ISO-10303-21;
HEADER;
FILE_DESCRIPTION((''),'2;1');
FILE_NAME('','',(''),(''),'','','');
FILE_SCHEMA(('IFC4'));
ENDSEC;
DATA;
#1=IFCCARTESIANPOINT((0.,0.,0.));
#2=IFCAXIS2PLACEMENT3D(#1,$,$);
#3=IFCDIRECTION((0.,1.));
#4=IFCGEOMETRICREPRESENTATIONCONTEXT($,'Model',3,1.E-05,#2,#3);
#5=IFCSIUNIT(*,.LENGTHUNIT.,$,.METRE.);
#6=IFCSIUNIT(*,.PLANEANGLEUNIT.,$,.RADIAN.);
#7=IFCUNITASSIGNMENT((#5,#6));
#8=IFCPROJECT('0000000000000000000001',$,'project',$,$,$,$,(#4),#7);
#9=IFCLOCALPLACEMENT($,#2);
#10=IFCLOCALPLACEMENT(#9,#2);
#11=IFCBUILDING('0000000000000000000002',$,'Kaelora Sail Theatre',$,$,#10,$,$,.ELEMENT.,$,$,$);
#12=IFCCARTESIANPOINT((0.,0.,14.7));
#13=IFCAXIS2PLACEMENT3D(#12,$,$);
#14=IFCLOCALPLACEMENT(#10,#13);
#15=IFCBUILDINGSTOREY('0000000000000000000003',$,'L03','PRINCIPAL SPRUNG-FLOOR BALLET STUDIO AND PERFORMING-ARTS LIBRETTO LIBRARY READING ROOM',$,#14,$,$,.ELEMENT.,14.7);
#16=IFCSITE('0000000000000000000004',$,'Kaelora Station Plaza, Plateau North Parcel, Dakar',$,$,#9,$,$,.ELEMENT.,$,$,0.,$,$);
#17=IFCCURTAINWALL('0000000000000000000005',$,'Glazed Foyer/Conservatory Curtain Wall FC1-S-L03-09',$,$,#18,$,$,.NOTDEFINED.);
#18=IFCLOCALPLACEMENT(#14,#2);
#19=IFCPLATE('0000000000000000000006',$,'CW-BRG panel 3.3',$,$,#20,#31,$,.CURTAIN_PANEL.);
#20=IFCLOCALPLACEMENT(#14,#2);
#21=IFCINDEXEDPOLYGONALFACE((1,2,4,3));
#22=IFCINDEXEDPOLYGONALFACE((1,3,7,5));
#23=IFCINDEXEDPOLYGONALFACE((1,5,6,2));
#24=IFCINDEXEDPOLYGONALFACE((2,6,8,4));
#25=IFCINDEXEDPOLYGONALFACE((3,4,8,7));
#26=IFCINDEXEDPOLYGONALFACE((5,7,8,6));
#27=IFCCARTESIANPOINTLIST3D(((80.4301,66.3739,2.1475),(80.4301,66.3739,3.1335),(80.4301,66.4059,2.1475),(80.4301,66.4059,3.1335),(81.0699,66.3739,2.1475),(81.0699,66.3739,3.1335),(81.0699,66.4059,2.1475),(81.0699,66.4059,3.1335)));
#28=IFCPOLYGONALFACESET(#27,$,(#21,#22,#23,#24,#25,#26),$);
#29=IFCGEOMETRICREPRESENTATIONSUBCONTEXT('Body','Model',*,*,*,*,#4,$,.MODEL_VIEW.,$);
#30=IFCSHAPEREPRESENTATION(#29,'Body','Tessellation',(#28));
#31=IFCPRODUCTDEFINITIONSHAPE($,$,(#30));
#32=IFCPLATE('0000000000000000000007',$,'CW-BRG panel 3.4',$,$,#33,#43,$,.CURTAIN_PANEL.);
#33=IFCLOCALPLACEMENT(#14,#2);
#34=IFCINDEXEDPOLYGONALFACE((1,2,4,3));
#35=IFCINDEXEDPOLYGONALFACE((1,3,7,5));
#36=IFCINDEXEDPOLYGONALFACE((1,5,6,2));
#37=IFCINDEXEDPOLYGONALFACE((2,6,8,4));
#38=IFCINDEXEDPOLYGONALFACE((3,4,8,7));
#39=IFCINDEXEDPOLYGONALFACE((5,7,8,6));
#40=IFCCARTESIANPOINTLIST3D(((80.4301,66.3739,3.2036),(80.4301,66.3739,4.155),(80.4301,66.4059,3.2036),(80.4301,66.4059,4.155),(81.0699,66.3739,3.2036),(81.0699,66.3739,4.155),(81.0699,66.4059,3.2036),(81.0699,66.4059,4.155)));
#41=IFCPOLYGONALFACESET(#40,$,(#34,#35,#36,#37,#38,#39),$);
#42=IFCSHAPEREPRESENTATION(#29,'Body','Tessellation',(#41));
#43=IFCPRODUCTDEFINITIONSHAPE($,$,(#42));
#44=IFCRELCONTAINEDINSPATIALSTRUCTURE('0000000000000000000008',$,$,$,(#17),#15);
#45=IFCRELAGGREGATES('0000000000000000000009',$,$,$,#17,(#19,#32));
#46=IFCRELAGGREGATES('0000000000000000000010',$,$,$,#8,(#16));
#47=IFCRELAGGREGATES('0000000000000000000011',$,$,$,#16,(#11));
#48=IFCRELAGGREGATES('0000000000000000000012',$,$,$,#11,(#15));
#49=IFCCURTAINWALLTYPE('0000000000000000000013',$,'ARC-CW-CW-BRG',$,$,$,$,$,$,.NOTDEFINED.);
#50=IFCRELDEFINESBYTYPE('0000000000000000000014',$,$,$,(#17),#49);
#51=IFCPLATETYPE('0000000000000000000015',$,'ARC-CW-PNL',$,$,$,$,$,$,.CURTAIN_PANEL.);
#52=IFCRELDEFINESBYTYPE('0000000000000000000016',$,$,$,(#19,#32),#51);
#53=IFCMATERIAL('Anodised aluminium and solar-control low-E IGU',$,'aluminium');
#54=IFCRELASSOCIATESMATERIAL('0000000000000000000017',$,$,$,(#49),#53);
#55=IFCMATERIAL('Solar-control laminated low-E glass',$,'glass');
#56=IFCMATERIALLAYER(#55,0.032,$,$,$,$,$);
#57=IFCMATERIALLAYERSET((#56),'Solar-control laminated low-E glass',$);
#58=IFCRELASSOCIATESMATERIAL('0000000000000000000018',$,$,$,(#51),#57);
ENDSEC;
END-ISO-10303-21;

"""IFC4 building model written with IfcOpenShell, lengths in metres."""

from ifc_helpers import new_model, si_unit, direction, frame, origin, origin_2d, place, context, subcontext, project, spatial, rectangle, extrude, material, layer, layer_set, type_object, element, aggregate, save


model = new_model("IFC4")

# Units and contexts
model_context = context("Model", 3, precision=1e-05, world=origin(), true_north=direction((0.0, 1.0)))
body_context = subcontext(model_context, "Body", "Model", "MODEL_VIEW")
ifc_project = project(units=[si_unit("LENGTHUNIT", "METRE"), si_unit("PLANEANGLEUNIT", "RADIAN")], contexts=[model_context])

# Site, building, storey
site_placement = place(None, origin())
site = spatial("IfcSite", under=ifc_project, at=site_placement, Name="Kaelora Station Plaza, Plateau North Parcel, Dakar", CompositionType="ELEMENT", RefElevation=0.0)
building_placement = place(site_placement, origin())
building = spatial("IfcBuilding", under=site, at=building_placement, Name="Kaelora Sail Theatre", CompositionType="ELEMENT")
storey_placement = place(building_placement, frame((0.0, 0.0, 14.7)))
storey = spatial("IfcBuildingStorey", under=building, at=storey_placement, Name="L03", Description="PRINCIPAL SPRUNG-FLOOR BALLET STUDIO AND PERFORMING-ARTS LIBRETTO LIBRARY READING ROOM", CompositionType="ELEMENT", Elevation=14.7)

# Curtain wall, plates
ifc_material_1 = material(Name="Anodised aluminium and solar-control low-E IGU", Category="aluminium")
curtain_wall_type = type_object("IfcCurtainWallType", Name="ARC-CW-CW-BRG", PredefinedType="NOTDEFINED", material=ifc_material_1)
curtain_wall_placement = place(storey_placement, origin())
curtain_wall = element("IfcCurtainWall", 1, at=curtain_wall_placement, inside=storey, type_object=curtain_wall_type, Name="Glazed Foyer/Conservatory Curtain Wall FC1-S-L03-09", PredefinedType="NOTDEFINED")
ifc_material_2 = material(Name="Solar-control laminated low-E glass", Category="glass")
ifc_layer = layer(ifc_material_2, 0.032)
ifc_layer_set = layer_set([ifc_layer], Name="Solar-control laminated low-E glass")
plate_type = type_object("IfcPlateType", Name="ARC-CW-PNL", PredefinedType="CURTAIN_PANEL", material=ifc_layer_set)
plate_1_placement = place(storey_placement, frame((80.75, 66.3899, 2.1475), z_axis=(0.0, 0.0, 1.0), x_axis=(1.0, 0.0, 0.0)))
plate_1 = element("IfcPlate", 2, at=plate_1_placement, type_object=plate_type, Name="CW-BRG panel 3.3", PredefinedType="CURTAIN_PANEL", context=body_context, shape_type="SweptSolid", body=[
    extrude(rectangle(XDim=0.6399, YDim=0.032, at=origin_2d()), origin(), (0.0, 0.0, 1.0), 0.9861),
])
plate_2_placement = place(storey_placement, frame((80.75, 66.3899, 3.2036), z_axis=(0.0, 0.0, 1.0), x_axis=(1.0, 0.0, 0.0)))
plate_2 = element("IfcPlate", 3, at=plate_2_placement, type_object=plate_type, Name="CW-BRG panel 3.4", PredefinedType="CURTAIN_PANEL", context=body_context, shape_type="SweptSolid", body=[
    extrude(rectangle(XDim=0.6399, YDim=0.032, at=origin_2d()), origin(), (0.0, 0.0, 1.0), 0.9514),
])
aggregate(curtain_wall, [plate_1, plate_2])

save(model, "model.ifc")
